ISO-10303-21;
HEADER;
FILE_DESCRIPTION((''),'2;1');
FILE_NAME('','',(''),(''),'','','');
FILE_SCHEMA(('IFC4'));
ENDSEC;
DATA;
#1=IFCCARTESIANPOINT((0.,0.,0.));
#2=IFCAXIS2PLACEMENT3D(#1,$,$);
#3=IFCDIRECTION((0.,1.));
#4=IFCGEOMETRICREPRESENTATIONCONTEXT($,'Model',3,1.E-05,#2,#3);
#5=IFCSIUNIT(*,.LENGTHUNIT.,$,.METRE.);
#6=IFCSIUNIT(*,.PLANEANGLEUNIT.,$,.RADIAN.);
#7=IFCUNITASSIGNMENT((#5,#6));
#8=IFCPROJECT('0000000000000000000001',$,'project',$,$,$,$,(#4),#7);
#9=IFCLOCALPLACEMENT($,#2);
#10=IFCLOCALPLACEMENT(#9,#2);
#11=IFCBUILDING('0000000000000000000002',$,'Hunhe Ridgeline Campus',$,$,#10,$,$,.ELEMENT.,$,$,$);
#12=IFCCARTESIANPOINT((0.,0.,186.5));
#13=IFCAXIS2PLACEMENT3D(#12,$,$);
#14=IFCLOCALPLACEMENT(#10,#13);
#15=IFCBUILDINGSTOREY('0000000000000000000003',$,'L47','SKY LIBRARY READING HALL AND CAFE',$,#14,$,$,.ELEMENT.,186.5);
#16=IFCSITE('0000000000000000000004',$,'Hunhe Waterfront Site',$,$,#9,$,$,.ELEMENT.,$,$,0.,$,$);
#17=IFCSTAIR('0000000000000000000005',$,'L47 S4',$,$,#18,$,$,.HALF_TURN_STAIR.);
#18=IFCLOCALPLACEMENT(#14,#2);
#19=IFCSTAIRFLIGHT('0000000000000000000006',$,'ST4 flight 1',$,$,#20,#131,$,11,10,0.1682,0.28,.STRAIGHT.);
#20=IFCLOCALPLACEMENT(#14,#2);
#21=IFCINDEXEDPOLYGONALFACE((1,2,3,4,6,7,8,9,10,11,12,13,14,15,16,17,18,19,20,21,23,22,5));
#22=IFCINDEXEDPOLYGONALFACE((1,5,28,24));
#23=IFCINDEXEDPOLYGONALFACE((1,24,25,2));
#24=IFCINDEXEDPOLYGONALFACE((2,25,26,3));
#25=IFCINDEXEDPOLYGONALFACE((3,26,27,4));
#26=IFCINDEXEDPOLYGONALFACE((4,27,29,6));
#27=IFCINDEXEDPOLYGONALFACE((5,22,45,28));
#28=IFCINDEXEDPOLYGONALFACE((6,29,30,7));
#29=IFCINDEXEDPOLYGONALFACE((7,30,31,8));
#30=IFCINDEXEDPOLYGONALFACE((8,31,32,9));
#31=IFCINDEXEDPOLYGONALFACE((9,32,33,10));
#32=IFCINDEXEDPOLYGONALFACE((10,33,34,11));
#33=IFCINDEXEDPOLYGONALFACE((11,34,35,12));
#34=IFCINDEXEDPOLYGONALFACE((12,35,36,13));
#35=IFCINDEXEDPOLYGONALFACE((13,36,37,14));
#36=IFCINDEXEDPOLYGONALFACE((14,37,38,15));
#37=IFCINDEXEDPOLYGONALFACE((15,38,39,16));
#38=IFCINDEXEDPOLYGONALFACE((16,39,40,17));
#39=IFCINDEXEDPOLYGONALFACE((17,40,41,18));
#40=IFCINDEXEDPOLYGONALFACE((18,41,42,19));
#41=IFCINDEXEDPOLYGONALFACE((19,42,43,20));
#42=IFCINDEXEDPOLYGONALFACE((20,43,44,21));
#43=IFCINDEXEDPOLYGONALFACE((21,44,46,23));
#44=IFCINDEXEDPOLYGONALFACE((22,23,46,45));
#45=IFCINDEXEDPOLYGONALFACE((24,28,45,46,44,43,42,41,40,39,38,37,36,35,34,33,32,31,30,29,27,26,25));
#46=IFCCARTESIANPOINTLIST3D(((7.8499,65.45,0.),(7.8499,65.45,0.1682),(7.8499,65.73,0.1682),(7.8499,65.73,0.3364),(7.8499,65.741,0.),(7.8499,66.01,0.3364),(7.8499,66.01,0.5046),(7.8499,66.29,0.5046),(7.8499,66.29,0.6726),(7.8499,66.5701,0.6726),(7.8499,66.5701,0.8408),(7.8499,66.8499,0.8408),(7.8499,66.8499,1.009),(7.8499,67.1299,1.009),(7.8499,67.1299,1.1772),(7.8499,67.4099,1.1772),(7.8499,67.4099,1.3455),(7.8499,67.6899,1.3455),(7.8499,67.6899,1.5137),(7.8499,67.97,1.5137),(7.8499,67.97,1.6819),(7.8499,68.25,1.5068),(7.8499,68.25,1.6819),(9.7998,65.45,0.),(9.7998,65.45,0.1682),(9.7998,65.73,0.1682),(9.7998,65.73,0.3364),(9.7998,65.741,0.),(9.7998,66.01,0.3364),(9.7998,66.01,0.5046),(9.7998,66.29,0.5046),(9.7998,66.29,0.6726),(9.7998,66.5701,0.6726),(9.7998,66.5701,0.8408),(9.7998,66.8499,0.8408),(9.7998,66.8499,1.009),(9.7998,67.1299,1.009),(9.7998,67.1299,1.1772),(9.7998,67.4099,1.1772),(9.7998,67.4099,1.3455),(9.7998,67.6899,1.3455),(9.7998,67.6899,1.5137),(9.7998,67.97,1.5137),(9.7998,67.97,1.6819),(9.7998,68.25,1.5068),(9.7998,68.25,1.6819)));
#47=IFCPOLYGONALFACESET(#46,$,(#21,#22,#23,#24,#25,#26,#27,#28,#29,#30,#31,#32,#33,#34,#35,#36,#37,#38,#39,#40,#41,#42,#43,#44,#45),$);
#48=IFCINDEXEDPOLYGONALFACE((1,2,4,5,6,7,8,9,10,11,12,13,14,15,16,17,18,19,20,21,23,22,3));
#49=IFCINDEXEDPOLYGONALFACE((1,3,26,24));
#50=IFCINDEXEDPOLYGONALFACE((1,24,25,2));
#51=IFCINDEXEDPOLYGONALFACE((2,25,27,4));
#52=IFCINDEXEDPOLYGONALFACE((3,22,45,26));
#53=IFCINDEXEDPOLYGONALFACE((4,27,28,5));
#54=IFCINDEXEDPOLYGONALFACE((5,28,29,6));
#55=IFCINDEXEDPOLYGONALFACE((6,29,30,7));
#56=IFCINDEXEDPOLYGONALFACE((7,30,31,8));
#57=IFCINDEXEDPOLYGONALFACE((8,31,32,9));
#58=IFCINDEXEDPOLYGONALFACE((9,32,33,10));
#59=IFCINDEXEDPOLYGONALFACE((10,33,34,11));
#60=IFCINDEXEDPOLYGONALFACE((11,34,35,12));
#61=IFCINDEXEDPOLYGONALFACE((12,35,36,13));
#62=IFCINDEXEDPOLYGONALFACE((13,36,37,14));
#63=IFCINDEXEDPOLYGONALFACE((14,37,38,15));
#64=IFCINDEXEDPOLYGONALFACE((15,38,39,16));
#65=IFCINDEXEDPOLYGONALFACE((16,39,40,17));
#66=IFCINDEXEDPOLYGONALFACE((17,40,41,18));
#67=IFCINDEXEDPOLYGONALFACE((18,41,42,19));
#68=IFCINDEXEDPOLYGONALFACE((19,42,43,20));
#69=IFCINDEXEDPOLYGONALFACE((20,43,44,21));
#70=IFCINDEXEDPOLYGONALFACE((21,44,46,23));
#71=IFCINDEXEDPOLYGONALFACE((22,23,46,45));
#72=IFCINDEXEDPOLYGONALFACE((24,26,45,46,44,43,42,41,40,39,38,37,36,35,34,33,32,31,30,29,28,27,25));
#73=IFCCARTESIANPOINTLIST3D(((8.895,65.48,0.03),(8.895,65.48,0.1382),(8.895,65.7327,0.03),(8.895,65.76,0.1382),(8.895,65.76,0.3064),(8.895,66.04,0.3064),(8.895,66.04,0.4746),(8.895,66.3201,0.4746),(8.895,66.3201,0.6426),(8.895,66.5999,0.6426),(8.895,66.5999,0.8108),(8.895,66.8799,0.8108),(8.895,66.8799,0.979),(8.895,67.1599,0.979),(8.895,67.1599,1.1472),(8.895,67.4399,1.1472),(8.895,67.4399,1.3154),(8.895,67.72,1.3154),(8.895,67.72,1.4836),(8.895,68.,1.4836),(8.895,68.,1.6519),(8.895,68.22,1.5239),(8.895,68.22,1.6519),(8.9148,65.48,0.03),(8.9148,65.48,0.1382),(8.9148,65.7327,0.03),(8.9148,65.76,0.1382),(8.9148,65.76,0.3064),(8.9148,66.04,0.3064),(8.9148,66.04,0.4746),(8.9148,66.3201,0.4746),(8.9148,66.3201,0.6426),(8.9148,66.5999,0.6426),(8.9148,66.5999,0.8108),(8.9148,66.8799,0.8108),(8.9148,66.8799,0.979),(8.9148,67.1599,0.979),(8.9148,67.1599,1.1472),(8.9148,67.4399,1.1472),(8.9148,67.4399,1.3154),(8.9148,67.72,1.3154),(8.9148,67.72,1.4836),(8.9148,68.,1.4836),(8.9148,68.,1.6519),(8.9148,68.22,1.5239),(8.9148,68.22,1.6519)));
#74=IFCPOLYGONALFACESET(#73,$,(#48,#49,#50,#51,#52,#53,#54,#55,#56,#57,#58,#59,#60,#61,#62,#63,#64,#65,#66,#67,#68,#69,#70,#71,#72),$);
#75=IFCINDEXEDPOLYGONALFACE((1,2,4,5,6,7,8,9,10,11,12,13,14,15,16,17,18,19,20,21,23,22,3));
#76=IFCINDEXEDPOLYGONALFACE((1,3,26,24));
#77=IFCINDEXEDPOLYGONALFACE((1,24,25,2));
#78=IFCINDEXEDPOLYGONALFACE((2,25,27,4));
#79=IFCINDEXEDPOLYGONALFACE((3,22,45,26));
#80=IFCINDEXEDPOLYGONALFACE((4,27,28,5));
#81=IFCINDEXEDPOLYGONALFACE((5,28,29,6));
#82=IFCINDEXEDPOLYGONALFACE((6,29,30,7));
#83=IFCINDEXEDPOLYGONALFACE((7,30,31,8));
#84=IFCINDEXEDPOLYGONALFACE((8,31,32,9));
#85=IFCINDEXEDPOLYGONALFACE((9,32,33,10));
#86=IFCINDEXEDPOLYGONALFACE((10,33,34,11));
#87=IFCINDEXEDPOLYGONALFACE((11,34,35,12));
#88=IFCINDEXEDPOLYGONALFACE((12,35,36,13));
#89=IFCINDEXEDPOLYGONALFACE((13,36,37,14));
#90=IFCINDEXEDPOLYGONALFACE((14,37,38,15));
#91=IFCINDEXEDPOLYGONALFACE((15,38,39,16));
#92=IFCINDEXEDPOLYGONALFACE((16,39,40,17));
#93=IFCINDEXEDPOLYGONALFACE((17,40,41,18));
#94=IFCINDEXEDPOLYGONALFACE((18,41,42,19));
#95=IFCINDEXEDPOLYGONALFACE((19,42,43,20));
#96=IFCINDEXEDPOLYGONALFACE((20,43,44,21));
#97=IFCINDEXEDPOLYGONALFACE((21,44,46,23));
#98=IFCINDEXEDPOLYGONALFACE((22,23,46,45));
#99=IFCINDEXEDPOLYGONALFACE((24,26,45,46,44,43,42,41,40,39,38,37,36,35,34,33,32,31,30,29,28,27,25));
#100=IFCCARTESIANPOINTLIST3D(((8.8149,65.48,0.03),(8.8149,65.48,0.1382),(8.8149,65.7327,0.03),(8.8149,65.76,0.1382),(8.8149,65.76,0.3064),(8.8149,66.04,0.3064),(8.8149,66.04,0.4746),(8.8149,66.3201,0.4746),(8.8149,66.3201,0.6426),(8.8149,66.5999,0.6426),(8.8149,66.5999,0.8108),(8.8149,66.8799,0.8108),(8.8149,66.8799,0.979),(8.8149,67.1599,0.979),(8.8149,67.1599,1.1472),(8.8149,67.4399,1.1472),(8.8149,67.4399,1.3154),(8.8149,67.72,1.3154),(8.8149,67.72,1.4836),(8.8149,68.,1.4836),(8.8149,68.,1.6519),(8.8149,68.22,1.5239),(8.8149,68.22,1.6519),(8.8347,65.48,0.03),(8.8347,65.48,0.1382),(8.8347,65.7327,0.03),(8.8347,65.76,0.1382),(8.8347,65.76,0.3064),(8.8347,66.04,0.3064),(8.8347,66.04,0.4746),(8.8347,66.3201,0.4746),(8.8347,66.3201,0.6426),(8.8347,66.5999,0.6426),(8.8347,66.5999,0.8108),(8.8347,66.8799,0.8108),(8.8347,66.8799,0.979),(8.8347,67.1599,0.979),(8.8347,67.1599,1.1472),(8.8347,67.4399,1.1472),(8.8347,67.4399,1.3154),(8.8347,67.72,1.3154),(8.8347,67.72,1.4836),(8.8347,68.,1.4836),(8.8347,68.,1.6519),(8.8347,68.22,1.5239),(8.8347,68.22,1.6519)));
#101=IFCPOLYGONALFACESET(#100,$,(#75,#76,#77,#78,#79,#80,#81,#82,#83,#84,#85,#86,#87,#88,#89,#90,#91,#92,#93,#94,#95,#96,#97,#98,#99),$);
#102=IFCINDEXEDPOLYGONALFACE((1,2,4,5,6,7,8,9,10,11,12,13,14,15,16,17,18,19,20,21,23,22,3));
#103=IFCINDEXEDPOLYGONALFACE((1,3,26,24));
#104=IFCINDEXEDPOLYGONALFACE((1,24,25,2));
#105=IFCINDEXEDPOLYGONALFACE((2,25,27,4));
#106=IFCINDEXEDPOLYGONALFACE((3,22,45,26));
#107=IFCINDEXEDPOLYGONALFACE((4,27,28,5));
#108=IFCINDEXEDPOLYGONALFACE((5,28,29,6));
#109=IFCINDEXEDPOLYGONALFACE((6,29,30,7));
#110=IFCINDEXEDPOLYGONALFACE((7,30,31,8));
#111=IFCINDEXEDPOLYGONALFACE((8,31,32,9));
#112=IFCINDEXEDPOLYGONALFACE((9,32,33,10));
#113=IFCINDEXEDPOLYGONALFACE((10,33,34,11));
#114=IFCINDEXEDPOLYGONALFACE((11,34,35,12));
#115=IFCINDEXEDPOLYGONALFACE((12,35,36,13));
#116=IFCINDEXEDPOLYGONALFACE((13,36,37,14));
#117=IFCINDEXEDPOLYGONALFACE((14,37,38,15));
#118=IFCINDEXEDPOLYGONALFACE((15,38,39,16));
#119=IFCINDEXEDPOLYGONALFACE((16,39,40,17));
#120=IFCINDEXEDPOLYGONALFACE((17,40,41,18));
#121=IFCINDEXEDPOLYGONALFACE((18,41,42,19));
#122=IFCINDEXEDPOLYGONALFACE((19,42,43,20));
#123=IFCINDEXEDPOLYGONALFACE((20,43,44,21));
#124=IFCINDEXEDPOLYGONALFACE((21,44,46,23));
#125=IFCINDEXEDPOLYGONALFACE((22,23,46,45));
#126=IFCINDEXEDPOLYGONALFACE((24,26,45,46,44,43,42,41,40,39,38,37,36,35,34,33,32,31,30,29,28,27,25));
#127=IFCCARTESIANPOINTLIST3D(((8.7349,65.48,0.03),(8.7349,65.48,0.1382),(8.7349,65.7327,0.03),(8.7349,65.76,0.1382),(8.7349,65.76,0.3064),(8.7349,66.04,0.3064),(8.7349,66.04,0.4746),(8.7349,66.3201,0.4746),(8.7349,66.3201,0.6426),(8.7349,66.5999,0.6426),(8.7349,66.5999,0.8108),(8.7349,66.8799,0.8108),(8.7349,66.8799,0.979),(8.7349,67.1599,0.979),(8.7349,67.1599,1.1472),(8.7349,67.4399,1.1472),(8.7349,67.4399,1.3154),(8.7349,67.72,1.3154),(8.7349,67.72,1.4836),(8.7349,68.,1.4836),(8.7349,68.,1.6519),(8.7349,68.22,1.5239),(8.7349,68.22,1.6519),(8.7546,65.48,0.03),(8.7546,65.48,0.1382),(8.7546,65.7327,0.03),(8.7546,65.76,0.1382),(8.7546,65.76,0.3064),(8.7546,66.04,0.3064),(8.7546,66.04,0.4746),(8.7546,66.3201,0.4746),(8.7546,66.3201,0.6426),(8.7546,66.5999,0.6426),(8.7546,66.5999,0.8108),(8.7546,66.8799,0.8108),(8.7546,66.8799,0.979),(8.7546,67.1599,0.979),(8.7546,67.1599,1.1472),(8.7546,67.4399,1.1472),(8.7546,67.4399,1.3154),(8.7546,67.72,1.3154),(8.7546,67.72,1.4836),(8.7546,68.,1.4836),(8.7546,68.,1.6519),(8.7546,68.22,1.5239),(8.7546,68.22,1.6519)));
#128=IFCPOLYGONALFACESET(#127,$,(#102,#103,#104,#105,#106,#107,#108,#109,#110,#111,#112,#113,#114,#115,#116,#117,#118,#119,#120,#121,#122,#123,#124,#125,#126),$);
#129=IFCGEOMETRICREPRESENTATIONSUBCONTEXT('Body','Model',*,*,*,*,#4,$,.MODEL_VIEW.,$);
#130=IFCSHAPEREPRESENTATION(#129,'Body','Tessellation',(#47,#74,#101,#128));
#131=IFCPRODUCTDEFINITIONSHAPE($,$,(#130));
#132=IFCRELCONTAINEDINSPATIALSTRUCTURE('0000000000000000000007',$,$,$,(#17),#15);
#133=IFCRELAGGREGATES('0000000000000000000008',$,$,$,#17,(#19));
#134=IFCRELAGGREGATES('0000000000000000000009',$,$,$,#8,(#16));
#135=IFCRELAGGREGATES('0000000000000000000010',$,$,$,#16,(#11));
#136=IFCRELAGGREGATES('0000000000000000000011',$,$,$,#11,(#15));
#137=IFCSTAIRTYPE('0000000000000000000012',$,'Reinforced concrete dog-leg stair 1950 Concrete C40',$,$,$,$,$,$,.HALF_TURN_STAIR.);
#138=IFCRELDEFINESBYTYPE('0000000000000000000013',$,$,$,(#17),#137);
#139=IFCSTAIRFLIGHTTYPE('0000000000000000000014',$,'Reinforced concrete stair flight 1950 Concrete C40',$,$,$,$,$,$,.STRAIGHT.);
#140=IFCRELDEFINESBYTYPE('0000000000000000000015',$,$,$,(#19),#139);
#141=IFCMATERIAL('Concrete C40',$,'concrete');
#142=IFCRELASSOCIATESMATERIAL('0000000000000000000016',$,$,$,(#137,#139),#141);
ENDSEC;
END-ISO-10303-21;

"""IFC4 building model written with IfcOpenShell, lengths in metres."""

from ifc_helpers import new_model, si_unit, direction, frame, origin, place, context, subcontext, project, spatial, polyline, outline, extrude, material, type_object, element, aggregate, save


model = new_model("IFC4")

# Units and contexts
model_context = context("Model", 3, precision=1e-05, world=origin(), true_north=direction((0.0, 1.0)))
body_context = subcontext(model_context, "Body", "Model", "MODEL_VIEW")
ifc_project = project(units=[si_unit("LENGTHUNIT", "METRE"), si_unit("PLANEANGLEUNIT", "RADIAN")], contexts=[model_context])

# Site, building, storey
site_placement = place(None, origin())
site = spatial("IfcSite", under=ifc_project, at=site_placement, Name="Hunhe Waterfront Site", CompositionType="ELEMENT", RefElevation=0.0)
building_placement = place(site_placement, origin())
building = spatial("IfcBuilding", under=site, at=building_placement, Name="Hunhe Ridgeline Campus", CompositionType="ELEMENT")
storey_placement = place(building_placement, frame((0.0, 0.0, 186.5)))
storey = spatial("IfcBuildingStorey", under=building, at=storey_placement, Name="L47", Description="SKY LIBRARY READING HALL AND CAFE", CompositionType="ELEMENT", Elevation=186.5)

# Stair, stair flight
ifc_material_1 = material(Name="Concrete C40", Category="concrete")
stair_type = type_object("IfcStairType", Name="Reinforced concrete dog-leg stair 1950 Concrete C40", PredefinedType="HALF_TURN_STAIR", material=ifc_material_1)
stair_flight_type = type_object("IfcStairFlightType", Name="Reinforced concrete stair flight 1950 Concrete C40", PredefinedType="STRAIGHT", material=ifc_material_1)
stair_1_placement = place(storey_placement, origin())
stair_1 = element("IfcStair", 1, at=stair_1_placement, inside=storey, type_object=stair_type, Name="L47 S4", PredefinedType="HALF_TURN_STAIR")
stair_flight_1_placement = place(storey_placement, frame((8.825, 65.45, 0.0), z_axis=(0.0, 0.0, 1.0), x_axis=(0.0, 1.0, 0.0)))
stair_flight_1 = element("IfcStairFlight", 2, at=stair_flight_1_placement, type_object=stair_flight_type, Name="ST4 flight 1", NumberOfRisers=11, NumberOfTreads=10, PredefinedType="STRAIGHT", RiserHeight=0.1682, TreadLength=0.28, context=body_context, shape_type="SweptSolid", body=[
    extrude(outline(polyline([(0.0, 0.0), (0.0, 0.1682), (0.28, 0.1682), (0.28, 0.3364), (0.5601, 0.3364), (0.5601, 0.5046), (0.8401, 0.5046), (0.8401, 0.6726), (1.1201, 0.6726), (1.1201, 0.8408), (1.3999, 0.8408), (1.3999, 1.009), (1.6799, 1.009), (1.6799, 1.1772), (1.96, 1.1772), (1.96, 1.3455), (2.24, 1.3455), (2.24, 1.5137), (2.52, 1.5137), (2.52, 1.6819), (2.8, 1.6819), (2.8, 1.8501), (2.8, 1.5068), (0.291, 0.0), (0.0, 0.0)])), frame((0.0, 0.9751, 0.0), z_axis=(0.0, -1.0, 0.0), x_axis=(1.0, 0.0, 0.0)), (0.0, 0.0, 1.0), 1.95),
    extrude(outline(polyline([(0.03, 0.03), (0.03, 0.1382), (0.3101, 0.1382), (0.3101, 0.3064), (0.5901, 0.3064), (0.5901, 0.4746), (0.8701, 0.4746), (0.8701, 0.6426), (1.1499, 0.6426), (1.1499, 0.8108), (1.4299, 0.8108), (1.4299, 0.979), (1.71, 0.979), (1.71, 1.1472), (1.99, 1.1472), (1.99, 1.3154), (2.27, 1.3154), (2.27, 1.4836), (2.55, 1.4836), (2.55, 1.6519), (2.77, 1.6519), (2.77, 1.5239), (0.2827, 0.03), (0.03, 0.03)])), frame((0.0, -0.0701, 0.0), z_axis=(0.0, -1.0, 0.0), x_axis=(1.0, 0.0, 0.0)), (0.0, 0.0, 1.0), 0.0198),
    extrude(outline(polyline([(0.03, 0.03), (0.03, 0.1382), (0.3101, 0.1382), (0.3101, 0.3064), (0.5901, 0.3064), (0.5901, 0.4746), (0.8701, 0.4746), (0.8701, 0.6426), (1.1499, 0.6426), (1.1499, 0.8108), (1.4299, 0.8108), (1.4299, 0.979), (1.71, 0.979), (1.71, 1.1472), (1.99, 1.1472), (1.99, 1.3154), (2.27, 1.3154), (2.27, 1.4836), (2.55, 1.4836), (2.55, 1.6519), (2.77, 1.6519), (2.77, 1.5239), (0.2827, 0.03), (0.03, 0.03)])), frame((0.0, 0.01, 0.0), z_axis=(0.0, -1.0, 0.0), x_axis=(1.0, 0.0, 0.0)), (0.0, 0.0, 1.0), 0.0198),
    extrude(outline(polyline([(0.03, 0.03), (0.03, 0.1382), (0.3101, 0.1382), (0.3101, 0.3064), (0.5901, 0.3064), (0.5901, 0.4746), (0.8701, 0.4746), (0.8701, 0.6426), (1.1499, 0.6426), (1.1499, 0.8108), (1.4299, 0.8108), (1.4299, 0.979), (1.71, 0.979), (1.71, 1.1472), (1.99, 1.1472), (1.99, 1.3154), (2.27, 1.3154), (2.27, 1.4836), (2.55, 1.4836), (2.55, 1.6519), (2.77, 1.6519), (2.77, 1.5239), (0.2827, 0.03), (0.03, 0.03)])), frame((0.0, 0.0901, 0.0), z_axis=(0.0, -1.0, 0.0), x_axis=(1.0, 0.0, 0.0)), (0.0, 0.0, 1.0), 0.0198),
])
aggregate(stair_1, [stair_flight_1])

save(model, "model.ifc")
